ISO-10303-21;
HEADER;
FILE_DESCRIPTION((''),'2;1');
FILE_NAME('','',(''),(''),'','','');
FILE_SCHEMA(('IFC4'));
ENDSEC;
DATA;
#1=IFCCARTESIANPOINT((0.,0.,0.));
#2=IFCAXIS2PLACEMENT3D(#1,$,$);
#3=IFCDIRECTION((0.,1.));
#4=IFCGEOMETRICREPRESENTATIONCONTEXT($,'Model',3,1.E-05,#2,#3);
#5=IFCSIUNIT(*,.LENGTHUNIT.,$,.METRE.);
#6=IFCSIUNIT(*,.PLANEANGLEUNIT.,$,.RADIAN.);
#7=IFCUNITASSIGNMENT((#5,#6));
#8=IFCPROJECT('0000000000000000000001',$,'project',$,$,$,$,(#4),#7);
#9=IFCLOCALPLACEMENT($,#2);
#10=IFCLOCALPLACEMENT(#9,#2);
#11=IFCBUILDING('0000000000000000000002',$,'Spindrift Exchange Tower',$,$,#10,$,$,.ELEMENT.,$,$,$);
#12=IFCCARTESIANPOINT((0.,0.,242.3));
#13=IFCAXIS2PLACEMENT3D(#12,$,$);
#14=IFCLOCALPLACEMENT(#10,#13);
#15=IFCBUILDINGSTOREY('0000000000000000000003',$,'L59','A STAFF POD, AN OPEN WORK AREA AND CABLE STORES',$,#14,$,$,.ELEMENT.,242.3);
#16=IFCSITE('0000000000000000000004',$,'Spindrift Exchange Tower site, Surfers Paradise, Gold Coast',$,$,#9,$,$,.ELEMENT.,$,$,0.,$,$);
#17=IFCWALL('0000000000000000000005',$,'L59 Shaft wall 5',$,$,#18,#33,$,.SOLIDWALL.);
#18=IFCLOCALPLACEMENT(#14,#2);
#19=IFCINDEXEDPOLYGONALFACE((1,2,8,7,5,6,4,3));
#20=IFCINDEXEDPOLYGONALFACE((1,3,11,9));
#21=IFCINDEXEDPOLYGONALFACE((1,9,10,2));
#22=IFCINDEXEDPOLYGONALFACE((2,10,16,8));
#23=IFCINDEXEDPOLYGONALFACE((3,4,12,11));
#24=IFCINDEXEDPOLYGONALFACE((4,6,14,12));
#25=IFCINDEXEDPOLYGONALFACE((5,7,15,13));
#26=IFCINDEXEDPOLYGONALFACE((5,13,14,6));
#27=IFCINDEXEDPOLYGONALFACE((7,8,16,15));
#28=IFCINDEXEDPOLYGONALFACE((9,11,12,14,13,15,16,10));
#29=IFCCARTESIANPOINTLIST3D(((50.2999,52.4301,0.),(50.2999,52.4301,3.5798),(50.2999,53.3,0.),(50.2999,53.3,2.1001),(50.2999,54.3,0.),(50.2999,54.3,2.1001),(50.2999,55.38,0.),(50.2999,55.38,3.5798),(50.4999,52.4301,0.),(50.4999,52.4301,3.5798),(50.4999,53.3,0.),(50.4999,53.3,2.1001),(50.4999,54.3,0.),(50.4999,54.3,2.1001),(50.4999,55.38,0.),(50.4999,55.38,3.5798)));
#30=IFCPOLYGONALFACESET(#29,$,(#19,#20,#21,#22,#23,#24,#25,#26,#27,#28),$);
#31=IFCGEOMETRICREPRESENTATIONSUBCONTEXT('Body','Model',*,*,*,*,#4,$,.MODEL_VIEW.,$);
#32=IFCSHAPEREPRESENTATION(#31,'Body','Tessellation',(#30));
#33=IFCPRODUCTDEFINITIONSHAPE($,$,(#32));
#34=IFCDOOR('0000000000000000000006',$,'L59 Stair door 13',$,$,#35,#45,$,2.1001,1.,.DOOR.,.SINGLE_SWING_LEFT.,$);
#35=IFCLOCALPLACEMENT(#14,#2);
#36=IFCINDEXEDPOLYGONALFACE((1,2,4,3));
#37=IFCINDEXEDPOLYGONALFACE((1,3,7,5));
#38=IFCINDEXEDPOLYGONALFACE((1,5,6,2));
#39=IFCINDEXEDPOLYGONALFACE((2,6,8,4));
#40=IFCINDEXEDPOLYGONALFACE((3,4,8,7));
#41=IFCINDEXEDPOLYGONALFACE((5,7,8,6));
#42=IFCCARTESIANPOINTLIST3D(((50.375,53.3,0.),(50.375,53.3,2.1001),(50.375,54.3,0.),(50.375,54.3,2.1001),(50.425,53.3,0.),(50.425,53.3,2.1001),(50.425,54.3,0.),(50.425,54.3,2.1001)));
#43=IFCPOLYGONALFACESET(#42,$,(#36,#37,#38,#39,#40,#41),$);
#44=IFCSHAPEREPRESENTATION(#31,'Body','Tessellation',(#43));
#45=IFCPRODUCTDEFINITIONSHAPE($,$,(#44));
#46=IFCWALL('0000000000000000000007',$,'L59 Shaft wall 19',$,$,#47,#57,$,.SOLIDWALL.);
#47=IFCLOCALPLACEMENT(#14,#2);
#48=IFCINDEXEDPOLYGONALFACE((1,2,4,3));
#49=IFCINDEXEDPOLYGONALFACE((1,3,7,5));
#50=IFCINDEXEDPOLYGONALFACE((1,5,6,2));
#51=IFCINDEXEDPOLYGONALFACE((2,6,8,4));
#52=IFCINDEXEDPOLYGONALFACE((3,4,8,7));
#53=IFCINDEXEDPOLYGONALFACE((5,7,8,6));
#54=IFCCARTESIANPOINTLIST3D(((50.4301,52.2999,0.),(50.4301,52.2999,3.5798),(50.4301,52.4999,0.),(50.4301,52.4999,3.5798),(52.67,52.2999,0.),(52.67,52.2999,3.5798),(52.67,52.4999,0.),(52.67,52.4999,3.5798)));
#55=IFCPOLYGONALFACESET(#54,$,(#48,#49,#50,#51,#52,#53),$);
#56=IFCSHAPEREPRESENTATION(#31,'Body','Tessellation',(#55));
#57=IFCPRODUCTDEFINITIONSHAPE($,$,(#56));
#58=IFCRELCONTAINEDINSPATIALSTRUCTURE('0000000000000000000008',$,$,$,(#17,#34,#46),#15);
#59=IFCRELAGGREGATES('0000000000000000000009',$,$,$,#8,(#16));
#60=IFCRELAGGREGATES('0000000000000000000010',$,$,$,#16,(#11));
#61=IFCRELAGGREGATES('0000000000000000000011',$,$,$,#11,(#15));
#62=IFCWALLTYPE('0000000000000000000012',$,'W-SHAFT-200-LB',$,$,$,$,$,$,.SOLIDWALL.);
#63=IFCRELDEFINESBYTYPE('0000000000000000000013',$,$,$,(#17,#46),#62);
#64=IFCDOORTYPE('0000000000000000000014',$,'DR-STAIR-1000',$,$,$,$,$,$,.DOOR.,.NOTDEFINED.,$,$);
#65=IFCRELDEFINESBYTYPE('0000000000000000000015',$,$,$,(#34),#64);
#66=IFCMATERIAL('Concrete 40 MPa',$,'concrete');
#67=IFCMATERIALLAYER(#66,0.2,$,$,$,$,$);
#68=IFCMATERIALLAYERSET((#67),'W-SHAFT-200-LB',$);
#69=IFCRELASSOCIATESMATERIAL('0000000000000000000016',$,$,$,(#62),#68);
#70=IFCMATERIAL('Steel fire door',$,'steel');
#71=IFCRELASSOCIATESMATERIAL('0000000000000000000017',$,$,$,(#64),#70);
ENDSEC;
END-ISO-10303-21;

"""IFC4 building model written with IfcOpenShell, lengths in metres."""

from ifc_helpers import new_model, si_unit, direction, frame, frame_2d, origin, place, context, subcontext, project, spatial, rectangle, extrude, source, transform, mapped, material, layer, layer_set, type_object, element, fill, save


model = new_model("IFC4")

# Units and contexts
model_context = context("Model", 3, precision=1e-05, world=origin(), true_north=direction((0.0, 1.0)))
body_context = subcontext(model_context, "Body", "Model", "MODEL_VIEW")
ifc_project = project(units=[si_unit("LENGTHUNIT", "METRE"), si_unit("PLANEANGLEUNIT", "RADIAN")], contexts=[model_context])

# Site, building, storey
site_placement = place(None, origin())
site = spatial("IfcSite", under=ifc_project, at=site_placement, Name="Spindrift Exchange Tower site, Surfers Paradise, Gold Coast", CompositionType="ELEMENT", RefElevation=0.0)
building_placement = place(site_placement, origin())
building = spatial("IfcBuilding", under=site, at=building_placement, Name="Spindrift Exchange Tower", CompositionType="ELEMENT")
storey_placement = place(building_placement, frame((0.0, 0.0, 242.3)))
storey = spatial("IfcBuildingStorey", under=building, at=storey_placement, Name="L59", Description="A STAFF POD, AN OPEN WORK AREA AND CABLE STORES", CompositionType="ELEMENT", Elevation=242.3)

# Shared definitions
ifc_material_1 = material(Name="Concrete 40 MPa", Category="concrete")
ifc_layer_1 = layer(ifc_material_1, 0.2)
ifc_layer_set_1 = layer_set([ifc_layer_1], Name="W-SHAFT-200-LB")
wall_type_1 = type_object("IfcWallType", Name="W-SHAFT-200-LB", PredefinedType="SOLIDWALL", material=ifc_layer_set_1)

# Wall, opening, door
wall_1_placement = place(storey_placement, frame((50.3999, 52.4299, 0.0), z_axis=(0.0, 0.0, 1.0), x_axis=(0.0, 1.0, 0.0)))
wall_1 = element("IfcWall", 1, at=wall_1_placement, inside=storey, type_object=wall_type_1, Name="L59 Shaft wall 5", PredefinedType="SOLIDWALL", context=body_context, shape_type="SweptSolid", body=[
    extrude(rectangle(XDim=2.95, YDim=0.2, at=frame_2d((1.4751, 0.0))), origin(), (0.0, 0.0, 1.0), 3.5798),
])
opening_1_placement = place(wall_1_placement, frame((0.8701, 0.0, 0.0)))
opening_1 = element("IfcOpeningElement", 2, at=opening_1_placement, cuts=wall_1, PredefinedType="OPENING", context=body_context, shape_type="SweptSolid", body=[
    extrude(rectangle(XDim=1.0, YDim=2.1001, at=frame_2d((0.5, 1.05))), frame((0.0, 0.1099, 0.0), z_axis=(0.0, -1.0, 0.0), x_axis=(1.0, 0.0, 0.0)), (0.0, 0.0, 1.0), 0.22),
])
ifc_material_2 = material(Name="Steel fire door", Category="steel")
door_type_1 = type_object("IfcDoorType", Name="DR-STAIR-1000", OperationType="NOTDEFINED", PredefinedType="DOOR", material=ifc_material_2)
shared_shape_1 = source(origin(), body_context, "Body", "SweptSolid", [
    extrude(rectangle(XDim=1.0, YDim=2.1001, at=frame_2d((0.5, 1.05))), frame((0.0, 0.0249, 0.0), z_axis=(0.0, -1.0, 0.0), x_axis=(1.0, 0.0, 0.0)), (0.0, 0.0, 1.0), 0.05),
])
door_1_placement = place(opening_1_placement, origin())
door_1 = element("IfcDoor", 3, at=door_1_placement, inside=storey, type_object=door_type_1, Name="L59 Stair door 13", OperationType="SINGLE_SWING_LEFT", OverallHeight=2.1001, OverallWidth=1.0, PredefinedType="DOOR", context=body_context, shape_type="MappedRepresentation", body=[
    mapped(shared_shape_1, transform((0.0, 0.0, 0.0), scale=1.0)),
])
fill(opening_1, door_1)

# Wall
wall_2_placement = place(storey_placement, frame((50.4299, 52.3999, 0.0), z_axis=(0.0, 0.0, 1.0), x_axis=(1.0, 0.0, 0.0)))
element("IfcWall", 4, at=wall_2_placement, inside=storey, type_object=wall_type_1, Name="L59 Shaft wall 19", PredefinedType="SOLIDWALL", context=body_context, shape_type="SweptSolid", body=[
    extrude(rectangle(XDim=2.24, YDim=0.2, at=frame_2d((1.1201, 0.0))), origin(), (0.0, 0.0, 1.0), 3.5798),
])

save(model, "model.ifc")
